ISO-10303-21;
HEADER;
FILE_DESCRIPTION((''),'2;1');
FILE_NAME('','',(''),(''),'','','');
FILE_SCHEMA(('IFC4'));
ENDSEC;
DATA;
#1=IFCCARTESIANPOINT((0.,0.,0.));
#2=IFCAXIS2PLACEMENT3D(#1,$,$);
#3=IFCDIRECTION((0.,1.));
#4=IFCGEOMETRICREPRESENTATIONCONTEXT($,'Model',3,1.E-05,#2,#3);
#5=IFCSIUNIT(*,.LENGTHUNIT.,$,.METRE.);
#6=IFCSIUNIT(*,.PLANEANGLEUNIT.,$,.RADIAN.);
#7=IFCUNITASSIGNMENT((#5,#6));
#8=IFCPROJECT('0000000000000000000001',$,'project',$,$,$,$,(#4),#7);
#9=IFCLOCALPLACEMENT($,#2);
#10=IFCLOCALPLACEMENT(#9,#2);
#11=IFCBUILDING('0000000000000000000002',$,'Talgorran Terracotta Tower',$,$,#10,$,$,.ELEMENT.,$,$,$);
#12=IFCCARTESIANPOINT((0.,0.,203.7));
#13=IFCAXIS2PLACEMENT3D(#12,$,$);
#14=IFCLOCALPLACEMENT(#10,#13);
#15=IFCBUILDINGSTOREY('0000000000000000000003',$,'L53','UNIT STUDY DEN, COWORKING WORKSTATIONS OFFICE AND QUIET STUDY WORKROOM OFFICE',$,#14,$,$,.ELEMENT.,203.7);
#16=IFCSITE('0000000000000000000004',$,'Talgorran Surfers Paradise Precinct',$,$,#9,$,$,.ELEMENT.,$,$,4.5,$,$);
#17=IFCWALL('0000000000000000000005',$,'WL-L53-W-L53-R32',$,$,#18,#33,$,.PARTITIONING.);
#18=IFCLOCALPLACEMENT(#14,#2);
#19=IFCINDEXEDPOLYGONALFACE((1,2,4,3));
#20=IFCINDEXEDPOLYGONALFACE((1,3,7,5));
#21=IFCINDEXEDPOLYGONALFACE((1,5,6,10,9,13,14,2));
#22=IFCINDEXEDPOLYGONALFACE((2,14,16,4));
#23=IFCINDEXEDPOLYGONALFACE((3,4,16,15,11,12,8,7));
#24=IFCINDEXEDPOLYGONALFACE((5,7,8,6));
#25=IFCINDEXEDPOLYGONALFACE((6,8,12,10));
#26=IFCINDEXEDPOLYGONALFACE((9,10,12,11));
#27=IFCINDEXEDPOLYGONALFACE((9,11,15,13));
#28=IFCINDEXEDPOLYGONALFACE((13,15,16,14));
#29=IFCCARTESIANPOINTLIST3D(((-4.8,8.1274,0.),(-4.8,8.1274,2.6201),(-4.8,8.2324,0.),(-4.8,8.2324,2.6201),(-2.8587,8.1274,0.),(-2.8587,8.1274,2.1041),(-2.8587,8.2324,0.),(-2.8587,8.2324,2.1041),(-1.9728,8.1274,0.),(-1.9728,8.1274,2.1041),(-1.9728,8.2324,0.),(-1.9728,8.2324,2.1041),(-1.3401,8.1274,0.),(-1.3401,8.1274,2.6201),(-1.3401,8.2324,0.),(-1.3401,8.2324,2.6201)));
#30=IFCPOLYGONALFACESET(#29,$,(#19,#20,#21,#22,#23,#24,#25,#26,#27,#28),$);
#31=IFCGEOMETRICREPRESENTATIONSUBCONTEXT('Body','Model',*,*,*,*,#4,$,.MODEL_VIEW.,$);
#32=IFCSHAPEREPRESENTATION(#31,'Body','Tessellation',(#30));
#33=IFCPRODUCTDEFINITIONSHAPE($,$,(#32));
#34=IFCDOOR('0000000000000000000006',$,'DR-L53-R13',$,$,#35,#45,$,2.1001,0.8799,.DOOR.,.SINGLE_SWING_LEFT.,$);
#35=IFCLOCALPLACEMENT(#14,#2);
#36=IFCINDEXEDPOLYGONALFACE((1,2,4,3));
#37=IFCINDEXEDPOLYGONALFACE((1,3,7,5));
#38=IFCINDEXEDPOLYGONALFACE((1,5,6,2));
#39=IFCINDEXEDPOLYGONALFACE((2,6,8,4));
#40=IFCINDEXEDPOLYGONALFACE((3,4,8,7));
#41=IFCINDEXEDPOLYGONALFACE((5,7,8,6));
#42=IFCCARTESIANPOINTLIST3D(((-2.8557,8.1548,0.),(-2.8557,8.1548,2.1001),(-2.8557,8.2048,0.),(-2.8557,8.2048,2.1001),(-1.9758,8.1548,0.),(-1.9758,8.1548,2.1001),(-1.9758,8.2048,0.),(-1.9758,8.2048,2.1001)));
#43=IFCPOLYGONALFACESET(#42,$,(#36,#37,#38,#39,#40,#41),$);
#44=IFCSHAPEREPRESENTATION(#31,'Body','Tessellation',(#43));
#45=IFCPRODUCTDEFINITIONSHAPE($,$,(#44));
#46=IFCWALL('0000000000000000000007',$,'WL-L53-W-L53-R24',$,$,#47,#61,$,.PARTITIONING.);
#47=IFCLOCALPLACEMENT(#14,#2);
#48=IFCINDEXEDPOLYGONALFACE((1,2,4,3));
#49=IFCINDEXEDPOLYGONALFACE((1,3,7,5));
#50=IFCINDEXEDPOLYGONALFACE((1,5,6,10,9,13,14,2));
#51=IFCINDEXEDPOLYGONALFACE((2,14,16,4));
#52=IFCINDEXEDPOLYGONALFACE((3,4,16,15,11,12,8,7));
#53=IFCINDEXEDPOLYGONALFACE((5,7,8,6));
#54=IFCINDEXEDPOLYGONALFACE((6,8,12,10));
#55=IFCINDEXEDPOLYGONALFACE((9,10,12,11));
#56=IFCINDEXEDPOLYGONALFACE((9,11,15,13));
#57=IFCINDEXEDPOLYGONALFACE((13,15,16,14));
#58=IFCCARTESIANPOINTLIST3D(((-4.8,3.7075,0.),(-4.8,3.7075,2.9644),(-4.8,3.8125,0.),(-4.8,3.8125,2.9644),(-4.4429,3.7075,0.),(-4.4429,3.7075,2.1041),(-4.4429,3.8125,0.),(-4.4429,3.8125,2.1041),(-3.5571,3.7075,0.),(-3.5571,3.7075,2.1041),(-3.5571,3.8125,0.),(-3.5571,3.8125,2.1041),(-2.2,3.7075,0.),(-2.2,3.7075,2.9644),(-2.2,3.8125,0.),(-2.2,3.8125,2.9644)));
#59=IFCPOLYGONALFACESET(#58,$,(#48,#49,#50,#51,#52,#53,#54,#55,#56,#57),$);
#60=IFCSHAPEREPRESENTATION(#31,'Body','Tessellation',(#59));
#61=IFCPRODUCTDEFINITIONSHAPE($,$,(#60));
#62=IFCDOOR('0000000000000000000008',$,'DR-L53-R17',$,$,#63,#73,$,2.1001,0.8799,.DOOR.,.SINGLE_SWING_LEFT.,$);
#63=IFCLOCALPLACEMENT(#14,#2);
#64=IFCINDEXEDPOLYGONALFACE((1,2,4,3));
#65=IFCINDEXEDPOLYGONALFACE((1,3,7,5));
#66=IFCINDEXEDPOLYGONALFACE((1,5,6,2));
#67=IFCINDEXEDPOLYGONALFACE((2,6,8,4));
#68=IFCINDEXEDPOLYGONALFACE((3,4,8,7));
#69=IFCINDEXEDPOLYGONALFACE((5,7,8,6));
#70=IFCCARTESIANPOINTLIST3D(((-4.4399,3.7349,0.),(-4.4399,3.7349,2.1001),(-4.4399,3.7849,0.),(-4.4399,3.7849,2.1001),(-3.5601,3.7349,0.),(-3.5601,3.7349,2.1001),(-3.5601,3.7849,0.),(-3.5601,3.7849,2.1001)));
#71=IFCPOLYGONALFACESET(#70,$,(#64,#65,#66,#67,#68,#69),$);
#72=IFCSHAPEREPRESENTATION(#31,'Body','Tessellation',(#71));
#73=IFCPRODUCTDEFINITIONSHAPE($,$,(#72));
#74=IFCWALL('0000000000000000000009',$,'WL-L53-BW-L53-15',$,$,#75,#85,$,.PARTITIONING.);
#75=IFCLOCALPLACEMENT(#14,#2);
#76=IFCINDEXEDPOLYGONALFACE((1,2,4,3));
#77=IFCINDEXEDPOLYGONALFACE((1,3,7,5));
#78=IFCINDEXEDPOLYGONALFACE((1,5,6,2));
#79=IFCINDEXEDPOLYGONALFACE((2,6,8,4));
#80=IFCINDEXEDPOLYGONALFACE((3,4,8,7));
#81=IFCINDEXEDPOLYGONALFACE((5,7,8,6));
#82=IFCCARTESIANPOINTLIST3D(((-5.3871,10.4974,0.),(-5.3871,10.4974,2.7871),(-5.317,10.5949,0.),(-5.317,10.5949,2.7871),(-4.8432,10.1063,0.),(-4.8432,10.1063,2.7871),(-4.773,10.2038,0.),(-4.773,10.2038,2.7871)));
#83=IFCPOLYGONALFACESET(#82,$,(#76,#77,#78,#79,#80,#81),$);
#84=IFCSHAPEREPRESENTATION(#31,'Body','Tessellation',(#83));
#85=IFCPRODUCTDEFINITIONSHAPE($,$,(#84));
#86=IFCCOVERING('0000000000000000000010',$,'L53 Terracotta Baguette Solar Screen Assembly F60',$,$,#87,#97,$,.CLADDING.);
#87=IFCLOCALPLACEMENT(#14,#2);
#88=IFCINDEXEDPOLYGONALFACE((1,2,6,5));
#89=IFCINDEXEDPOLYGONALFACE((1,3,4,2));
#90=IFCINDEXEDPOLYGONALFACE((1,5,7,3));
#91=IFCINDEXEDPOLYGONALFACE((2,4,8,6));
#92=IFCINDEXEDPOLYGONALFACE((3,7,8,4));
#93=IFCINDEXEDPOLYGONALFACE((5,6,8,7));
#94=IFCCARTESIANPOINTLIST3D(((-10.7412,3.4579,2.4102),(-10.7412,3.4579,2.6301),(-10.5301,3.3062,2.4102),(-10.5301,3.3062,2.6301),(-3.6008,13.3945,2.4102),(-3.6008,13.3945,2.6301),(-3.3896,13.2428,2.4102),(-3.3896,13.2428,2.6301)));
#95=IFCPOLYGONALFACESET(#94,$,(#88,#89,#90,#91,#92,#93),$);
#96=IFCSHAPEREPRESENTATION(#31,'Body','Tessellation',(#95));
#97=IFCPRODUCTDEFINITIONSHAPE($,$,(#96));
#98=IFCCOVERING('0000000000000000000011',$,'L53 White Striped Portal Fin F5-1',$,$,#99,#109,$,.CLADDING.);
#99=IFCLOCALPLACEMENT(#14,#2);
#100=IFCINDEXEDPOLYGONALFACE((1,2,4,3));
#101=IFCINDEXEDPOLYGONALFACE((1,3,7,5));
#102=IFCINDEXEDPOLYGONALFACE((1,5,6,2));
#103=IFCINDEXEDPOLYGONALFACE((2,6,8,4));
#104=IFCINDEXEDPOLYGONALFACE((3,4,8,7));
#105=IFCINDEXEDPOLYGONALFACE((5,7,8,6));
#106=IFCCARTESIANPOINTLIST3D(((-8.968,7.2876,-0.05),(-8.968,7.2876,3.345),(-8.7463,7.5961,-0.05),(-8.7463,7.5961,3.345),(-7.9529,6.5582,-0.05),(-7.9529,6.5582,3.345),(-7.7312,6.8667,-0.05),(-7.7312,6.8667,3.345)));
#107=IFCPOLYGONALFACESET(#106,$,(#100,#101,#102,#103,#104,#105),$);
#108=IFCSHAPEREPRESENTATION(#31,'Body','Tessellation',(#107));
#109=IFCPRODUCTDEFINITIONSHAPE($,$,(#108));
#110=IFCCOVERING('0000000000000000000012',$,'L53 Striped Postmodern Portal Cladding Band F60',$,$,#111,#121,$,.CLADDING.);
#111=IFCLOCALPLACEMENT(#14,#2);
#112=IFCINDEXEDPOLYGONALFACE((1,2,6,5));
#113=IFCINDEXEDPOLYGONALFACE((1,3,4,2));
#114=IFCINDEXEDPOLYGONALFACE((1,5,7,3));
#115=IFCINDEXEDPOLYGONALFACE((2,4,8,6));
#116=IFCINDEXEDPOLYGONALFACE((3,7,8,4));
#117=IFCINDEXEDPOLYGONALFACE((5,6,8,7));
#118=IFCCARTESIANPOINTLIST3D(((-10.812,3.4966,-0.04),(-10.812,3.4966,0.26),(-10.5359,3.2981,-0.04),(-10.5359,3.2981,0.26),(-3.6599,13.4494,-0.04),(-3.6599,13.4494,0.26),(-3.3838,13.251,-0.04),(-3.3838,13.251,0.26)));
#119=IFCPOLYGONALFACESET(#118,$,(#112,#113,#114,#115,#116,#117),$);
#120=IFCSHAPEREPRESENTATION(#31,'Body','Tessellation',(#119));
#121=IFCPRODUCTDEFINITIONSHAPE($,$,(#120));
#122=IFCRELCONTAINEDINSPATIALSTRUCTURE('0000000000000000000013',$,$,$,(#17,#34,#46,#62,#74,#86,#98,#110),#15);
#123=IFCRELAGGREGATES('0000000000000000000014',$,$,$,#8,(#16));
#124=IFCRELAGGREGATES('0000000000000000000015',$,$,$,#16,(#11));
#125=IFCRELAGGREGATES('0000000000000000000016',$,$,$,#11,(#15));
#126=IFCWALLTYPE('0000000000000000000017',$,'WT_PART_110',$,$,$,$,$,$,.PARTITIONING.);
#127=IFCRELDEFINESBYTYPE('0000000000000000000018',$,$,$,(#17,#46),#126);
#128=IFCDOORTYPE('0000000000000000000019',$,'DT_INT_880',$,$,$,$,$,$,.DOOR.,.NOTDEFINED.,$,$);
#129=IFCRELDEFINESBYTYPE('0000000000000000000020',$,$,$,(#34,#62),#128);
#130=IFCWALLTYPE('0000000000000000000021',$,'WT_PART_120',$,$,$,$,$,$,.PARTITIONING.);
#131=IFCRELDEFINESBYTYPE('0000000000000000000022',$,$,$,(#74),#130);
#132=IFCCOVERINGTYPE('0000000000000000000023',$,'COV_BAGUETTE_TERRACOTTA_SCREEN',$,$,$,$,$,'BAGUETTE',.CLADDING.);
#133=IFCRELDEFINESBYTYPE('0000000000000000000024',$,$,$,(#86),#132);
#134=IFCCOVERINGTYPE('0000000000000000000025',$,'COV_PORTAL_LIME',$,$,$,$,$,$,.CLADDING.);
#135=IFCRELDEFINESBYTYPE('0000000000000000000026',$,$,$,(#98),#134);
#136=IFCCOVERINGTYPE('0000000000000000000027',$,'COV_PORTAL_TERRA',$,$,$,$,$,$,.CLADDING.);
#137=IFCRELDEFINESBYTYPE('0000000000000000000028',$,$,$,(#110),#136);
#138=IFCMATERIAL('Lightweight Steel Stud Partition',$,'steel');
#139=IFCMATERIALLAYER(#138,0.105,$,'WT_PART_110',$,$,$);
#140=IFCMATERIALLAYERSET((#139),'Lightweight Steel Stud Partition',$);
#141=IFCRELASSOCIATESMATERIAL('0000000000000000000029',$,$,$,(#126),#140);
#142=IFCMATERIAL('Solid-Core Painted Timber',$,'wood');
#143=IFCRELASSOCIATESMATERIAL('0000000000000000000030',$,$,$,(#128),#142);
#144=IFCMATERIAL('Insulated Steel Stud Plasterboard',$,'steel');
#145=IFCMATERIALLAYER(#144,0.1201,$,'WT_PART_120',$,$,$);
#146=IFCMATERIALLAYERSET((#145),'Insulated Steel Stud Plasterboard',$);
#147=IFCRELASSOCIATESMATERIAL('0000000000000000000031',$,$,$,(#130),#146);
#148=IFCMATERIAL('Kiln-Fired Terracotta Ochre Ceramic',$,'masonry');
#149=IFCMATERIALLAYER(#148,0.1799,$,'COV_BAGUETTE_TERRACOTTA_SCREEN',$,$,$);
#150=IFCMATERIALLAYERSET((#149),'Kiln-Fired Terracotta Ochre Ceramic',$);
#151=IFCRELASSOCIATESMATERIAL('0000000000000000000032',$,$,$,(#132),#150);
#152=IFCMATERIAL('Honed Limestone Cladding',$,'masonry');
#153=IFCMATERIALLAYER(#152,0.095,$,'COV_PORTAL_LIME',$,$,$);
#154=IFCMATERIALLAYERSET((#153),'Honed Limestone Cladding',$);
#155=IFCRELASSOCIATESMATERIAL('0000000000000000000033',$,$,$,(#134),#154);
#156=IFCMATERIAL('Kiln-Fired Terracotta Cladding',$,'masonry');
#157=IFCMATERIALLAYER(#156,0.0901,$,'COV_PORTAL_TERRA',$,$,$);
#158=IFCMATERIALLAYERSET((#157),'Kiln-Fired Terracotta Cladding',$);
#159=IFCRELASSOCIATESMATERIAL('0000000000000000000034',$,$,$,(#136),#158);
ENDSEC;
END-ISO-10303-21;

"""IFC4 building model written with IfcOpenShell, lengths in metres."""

from ifc_helpers import new_model, si_unit, direction, frame, frame_2d, origin, origin_2d, place, context, subcontext, project, spatial, rectangle, extrude, material, layer, layer_set, type_object, element, fill, save


model = new_model("IFC4")

# Units and contexts
model_context = context("Model", 3, precision=1e-05, world=origin(), true_north=direction((0.0, 1.0)))
body_context = subcontext(model_context, "Body", "Model", "MODEL_VIEW")
ifc_project = project(units=[si_unit("LENGTHUNIT", "METRE"), si_unit("PLANEANGLEUNIT", "RADIAN")], contexts=[model_context])

# Site, building, storey
site_placement = place(None, origin())
site = spatial("IfcSite", under=ifc_project, at=site_placement, Name="Talgorran Surfers Paradise Precinct", CompositionType="ELEMENT", RefElevation=4.5)
building_placement = place(site_placement, origin())
building = spatial("IfcBuilding", under=site, at=building_placement, Name="Talgorran Terracotta Tower", CompositionType="ELEMENT")
storey_placement = place(building_placement, frame((0.0, 0.0, 203.7)))
storey = spatial("IfcBuildingStorey", under=building, at=storey_placement, Name="L53", Description="UNIT STUDY DEN, COWORKING WORKSTATIONS OFFICE AND QUIET STUDY WORKROOM OFFICE", CompositionType="ELEMENT", Elevation=203.7)

# Shared definitions
ifc_material_1 = material(Name="Lightweight Steel Stud Partition", Category="steel")
ifc_layer_1 = layer(ifc_material_1, 0.105, Name="WT_PART_110")
ifc_layer_set_1 = layer_set([ifc_layer_1], Name="Lightweight Steel Stud Partition")
wall_type_1 = type_object("IfcWallType", Name="WT_PART_110", PredefinedType="PARTITIONING", material=ifc_layer_set_1)
ifc_material_2 = material(Name="Solid-Core Painted Timber", Category="wood")
door_type_1 = type_object("IfcDoorType", Name="DT_INT_880", OperationType="NOTDEFINED", PredefinedType="DOOR", material=ifc_material_2)

# Walls, openings, doors
wall_1_placement = place(storey_placement, frame((-4.8, 8.1799, 0.0), z_axis=(0.0, 0.0, 1.0), x_axis=(1.0, 0.0, 0.0)))
wall_1 = element("IfcWall", 1, at=wall_1_placement, inside=storey, type_object=wall_type_1, Name="WL-L53-W-L53-R32", PredefinedType="PARTITIONING", context=body_context, shape_type="SweptSolid", body=[
    extrude(rectangle(XDim=3.46, YDim=0.105, at=frame_2d((1.73, 0.0))), origin(), (0.0, 0.0, 1.0), 2.6201),
])
opening_1_placement = place(wall_1_placement, frame((1.9443, 0.0, 0.0)))
opening_1 = element("IfcOpeningElement", 2, at=opening_1_placement, cuts=wall_1, PredefinedType="OPENING", context=body_context, shape_type="SweptSolid", body=[
    extrude(rectangle(XDim=0.8859, YDim=2.1041, at=frame_2d((0.4399, 1.052))), frame((0.0, 0.0625, 0.0), z_axis=(0.0, -1.0, 0.0), x_axis=(1.0, 0.0, 0.0)), (0.0, 0.0, 1.0), 0.125),
])
door_1_placement = place(opening_1_placement, origin())
door_1 = element("IfcDoor", 3, at=door_1_placement, inside=storey, type_object=door_type_1, Name="DR-L53-R13", OperationType="SINGLE_SWING_LEFT", OverallHeight=2.1001, OverallWidth=0.8799, PredefinedType="DOOR", context=body_context, shape_type="SweptSolid", body=[
    extrude(rectangle(XDim=0.8799, YDim=2.1001, at=frame_2d((0.4399, 1.05))), frame((0.0, 0.0249, 0.0), z_axis=(0.0, -1.0, 0.0), x_axis=(1.0, 0.0, 0.0)), (0.0, 0.0, 1.0), 0.05),
])
fill(opening_1, door_1)
wall_2_placement = place(storey_placement, frame((-4.8, 3.76, 0.0), z_axis=(0.0, 0.0, 1.0), x_axis=(1.0, 0.0, 0.0)))
wall_2 = element("IfcWall", 4, at=wall_2_placement, inside=storey, type_object=wall_type_1, Name="WL-L53-W-L53-R24", PredefinedType="PARTITIONING", context=body_context, shape_type="SweptSolid", body=[
    extrude(rectangle(XDim=2.6001, YDim=0.105, at=frame_2d((1.3, 0.0))), origin(), (0.0, 0.0, 1.0), 2.9644),
])
opening_2_placement = place(wall_2_placement, frame((0.3601, 0.0, 0.0)))
opening_2 = element("IfcOpeningElement", 5, at=opening_2_placement, cuts=wall_2, PredefinedType="OPENING", context=body_context, shape_type="SweptSolid", body=[
    extrude(rectangle(XDim=0.8859, YDim=2.1041, at=frame_2d((0.4399, 1.052))), frame((0.0, 0.0625, 0.0), z_axis=(0.0, -1.0, 0.0), x_axis=(1.0, 0.0, 0.0)), (0.0, 0.0, 1.0), 0.125),
])
door_2_placement = place(opening_2_placement, origin())
door_2 = element("IfcDoor", 6, at=door_2_placement, inside=storey, type_object=door_type_1, Name="DR-L53-R17", OperationType="SINGLE_SWING_LEFT", OverallHeight=2.1001, OverallWidth=0.8799, PredefinedType="DOOR", context=body_context, shape_type="SweptSolid", body=[
    extrude(rectangle(XDim=0.8799, YDim=2.1001, at=frame_2d((0.4399, 1.05))), frame((0.0, 0.0249, 0.0), z_axis=(0.0, -1.0, 0.0), x_axis=(1.0, 0.0, 0.0)), (0.0, 0.0, 1.0), 0.05),
])
fill(opening_2, door_2)

# Wall
ifc_material_3 = material(Name="Insulated Steel Stud Plasterboard", Category="steel")
ifc_layer_2 = layer(ifc_material_3, 0.1201, Name="WT_PART_120")
ifc_layer_set_2 = layer_set([ifc_layer_2], Name="Insulated Steel Stud Plasterboard")
wall_type_2 = type_object("IfcWallType", Name="WT_PART_120", PredefinedType="PARTITIONING", material=ifc_layer_set_2)
wall_3_placement = place(storey_placement, frame((-4.8081, 10.155, 0.0), z_axis=(0.0, 0.0, 1.0), x_axis=(-0.811907, 0.583786, 0.0)))
element("IfcWall", 7, at=wall_3_placement, inside=storey, type_object=wall_type_2, Name="WL-L53-BW-L53-15", PredefinedType="PARTITIONING", context=body_context, shape_type="SweptSolid", body=[
    extrude(rectangle(XDim=0.6699, YDim=0.1201, at=frame_2d((0.335, 0.0))), origin(), (0.0, 0.0, 1.0), 2.7871),
])

# Coverings
ifc_material_4 = material(Name="Kiln-Fired Terracotta Ochre Ceramic", Category="masonry")
ifc_layer_3 = layer(ifc_material_4, 0.1799, Name="COV_BAGUETTE_TERRACOTTA_SCREEN")
ifc_layer_set_3 = layer_set([ifc_layer_3], Name="Kiln-Fired Terracotta Ochre Ceramic")
covering_type_1 = type_object("IfcCoveringType", Name="COV_BAGUETTE_TERRACOTTA_SCREEN", ElementType="BAGUETTE", PredefinedType="CLADDING", material=ifc_layer_set_3)
covering_1_placement = place(storey_placement, frame((-7.0654, 8.3503, 2.4102), z_axis=(0.0, 0.0, 1.0), x_axis=(-0.583555, -0.812073, 0.0)))
element("IfcCovering", 8, at=covering_1_placement, inside=storey, type_object=covering_type_1, Name="L53 Terracotta Baguette Solar Screen Assembly F60", PredefinedType="CLADDING", context=body_context, shape_type="SweptSolid", body=[
    extrude(rectangle(XDim=12.2361, YDim=0.26, at=origin_2d()), origin(), (0.0, 0.0, 1.0), 0.22),
])
ifc_material_5 = material(Name="Honed Limestone Cladding", Category="masonry")
ifc_layer_4 = layer(ifc_material_5, 0.095, Name="COV_PORTAL_LIME")
ifc_layer_set_4 = layer_set([ifc_layer_4], Name="Honed Limestone Cladding")
covering_type_2 = type_object("IfcCoveringType", Name="COV_PORTAL_LIME", PredefinedType="CLADDING", material=ifc_layer_set_4)
covering_2_placement = place(storey_placement, frame((-8.3496, 7.0771, -0.05), z_axis=(0.0, 0.0, 1.0), x_axis=(-0.583555, -0.812073, 0.0)))
element("IfcCovering", 9, at=covering_2_placement, inside=storey, type_object=covering_type_2, Name="L53 White Striped Portal Fin F5-1", PredefinedType="CLADDING", context=body_context, shape_type="SweptSolid", body=[
    extrude(rectangle(XDim=0.3799, YDim=1.25, at=origin_2d()), origin(), (0.0, 0.0, 1.0), 3.395),
])
ifc_material_6 = material(Name="Kiln-Fired Terracotta Cladding", Category="masonry")
ifc_layer_5 = layer(ifc_material_6, 0.0901, Name="COV_PORTAL_TERRA")
ifc_layer_set_5 = layer_set([ifc_layer_5], Name="Kiln-Fired Terracotta Cladding")
covering_type_3 = type_object("IfcCoveringType", Name="COV_PORTAL_TERRA", PredefinedType="CLADDING", material=ifc_layer_set_5)
covering_3_placement = place(storey_placement, frame((-7.0979, 8.3738, -0.04), z_axis=(0.0, 0.0, 1.0), x_axis=(-0.583555, -0.812073, 0.0)))
element("IfcCovering", 10, at=covering_3_placement, inside=storey, type_object=covering_type_3, Name="L53 Striped Postmodern Portal Cladding Band F60", PredefinedType="CLADDING", context=body_context, shape_type="SweptSolid", body=[
    extrude(rectangle(XDim=12.2561, YDim=0.3401, at=origin_2d()), origin(), (0.0, 0.0, 1.0), 0.3),
])

save(model, "model.ifc")
